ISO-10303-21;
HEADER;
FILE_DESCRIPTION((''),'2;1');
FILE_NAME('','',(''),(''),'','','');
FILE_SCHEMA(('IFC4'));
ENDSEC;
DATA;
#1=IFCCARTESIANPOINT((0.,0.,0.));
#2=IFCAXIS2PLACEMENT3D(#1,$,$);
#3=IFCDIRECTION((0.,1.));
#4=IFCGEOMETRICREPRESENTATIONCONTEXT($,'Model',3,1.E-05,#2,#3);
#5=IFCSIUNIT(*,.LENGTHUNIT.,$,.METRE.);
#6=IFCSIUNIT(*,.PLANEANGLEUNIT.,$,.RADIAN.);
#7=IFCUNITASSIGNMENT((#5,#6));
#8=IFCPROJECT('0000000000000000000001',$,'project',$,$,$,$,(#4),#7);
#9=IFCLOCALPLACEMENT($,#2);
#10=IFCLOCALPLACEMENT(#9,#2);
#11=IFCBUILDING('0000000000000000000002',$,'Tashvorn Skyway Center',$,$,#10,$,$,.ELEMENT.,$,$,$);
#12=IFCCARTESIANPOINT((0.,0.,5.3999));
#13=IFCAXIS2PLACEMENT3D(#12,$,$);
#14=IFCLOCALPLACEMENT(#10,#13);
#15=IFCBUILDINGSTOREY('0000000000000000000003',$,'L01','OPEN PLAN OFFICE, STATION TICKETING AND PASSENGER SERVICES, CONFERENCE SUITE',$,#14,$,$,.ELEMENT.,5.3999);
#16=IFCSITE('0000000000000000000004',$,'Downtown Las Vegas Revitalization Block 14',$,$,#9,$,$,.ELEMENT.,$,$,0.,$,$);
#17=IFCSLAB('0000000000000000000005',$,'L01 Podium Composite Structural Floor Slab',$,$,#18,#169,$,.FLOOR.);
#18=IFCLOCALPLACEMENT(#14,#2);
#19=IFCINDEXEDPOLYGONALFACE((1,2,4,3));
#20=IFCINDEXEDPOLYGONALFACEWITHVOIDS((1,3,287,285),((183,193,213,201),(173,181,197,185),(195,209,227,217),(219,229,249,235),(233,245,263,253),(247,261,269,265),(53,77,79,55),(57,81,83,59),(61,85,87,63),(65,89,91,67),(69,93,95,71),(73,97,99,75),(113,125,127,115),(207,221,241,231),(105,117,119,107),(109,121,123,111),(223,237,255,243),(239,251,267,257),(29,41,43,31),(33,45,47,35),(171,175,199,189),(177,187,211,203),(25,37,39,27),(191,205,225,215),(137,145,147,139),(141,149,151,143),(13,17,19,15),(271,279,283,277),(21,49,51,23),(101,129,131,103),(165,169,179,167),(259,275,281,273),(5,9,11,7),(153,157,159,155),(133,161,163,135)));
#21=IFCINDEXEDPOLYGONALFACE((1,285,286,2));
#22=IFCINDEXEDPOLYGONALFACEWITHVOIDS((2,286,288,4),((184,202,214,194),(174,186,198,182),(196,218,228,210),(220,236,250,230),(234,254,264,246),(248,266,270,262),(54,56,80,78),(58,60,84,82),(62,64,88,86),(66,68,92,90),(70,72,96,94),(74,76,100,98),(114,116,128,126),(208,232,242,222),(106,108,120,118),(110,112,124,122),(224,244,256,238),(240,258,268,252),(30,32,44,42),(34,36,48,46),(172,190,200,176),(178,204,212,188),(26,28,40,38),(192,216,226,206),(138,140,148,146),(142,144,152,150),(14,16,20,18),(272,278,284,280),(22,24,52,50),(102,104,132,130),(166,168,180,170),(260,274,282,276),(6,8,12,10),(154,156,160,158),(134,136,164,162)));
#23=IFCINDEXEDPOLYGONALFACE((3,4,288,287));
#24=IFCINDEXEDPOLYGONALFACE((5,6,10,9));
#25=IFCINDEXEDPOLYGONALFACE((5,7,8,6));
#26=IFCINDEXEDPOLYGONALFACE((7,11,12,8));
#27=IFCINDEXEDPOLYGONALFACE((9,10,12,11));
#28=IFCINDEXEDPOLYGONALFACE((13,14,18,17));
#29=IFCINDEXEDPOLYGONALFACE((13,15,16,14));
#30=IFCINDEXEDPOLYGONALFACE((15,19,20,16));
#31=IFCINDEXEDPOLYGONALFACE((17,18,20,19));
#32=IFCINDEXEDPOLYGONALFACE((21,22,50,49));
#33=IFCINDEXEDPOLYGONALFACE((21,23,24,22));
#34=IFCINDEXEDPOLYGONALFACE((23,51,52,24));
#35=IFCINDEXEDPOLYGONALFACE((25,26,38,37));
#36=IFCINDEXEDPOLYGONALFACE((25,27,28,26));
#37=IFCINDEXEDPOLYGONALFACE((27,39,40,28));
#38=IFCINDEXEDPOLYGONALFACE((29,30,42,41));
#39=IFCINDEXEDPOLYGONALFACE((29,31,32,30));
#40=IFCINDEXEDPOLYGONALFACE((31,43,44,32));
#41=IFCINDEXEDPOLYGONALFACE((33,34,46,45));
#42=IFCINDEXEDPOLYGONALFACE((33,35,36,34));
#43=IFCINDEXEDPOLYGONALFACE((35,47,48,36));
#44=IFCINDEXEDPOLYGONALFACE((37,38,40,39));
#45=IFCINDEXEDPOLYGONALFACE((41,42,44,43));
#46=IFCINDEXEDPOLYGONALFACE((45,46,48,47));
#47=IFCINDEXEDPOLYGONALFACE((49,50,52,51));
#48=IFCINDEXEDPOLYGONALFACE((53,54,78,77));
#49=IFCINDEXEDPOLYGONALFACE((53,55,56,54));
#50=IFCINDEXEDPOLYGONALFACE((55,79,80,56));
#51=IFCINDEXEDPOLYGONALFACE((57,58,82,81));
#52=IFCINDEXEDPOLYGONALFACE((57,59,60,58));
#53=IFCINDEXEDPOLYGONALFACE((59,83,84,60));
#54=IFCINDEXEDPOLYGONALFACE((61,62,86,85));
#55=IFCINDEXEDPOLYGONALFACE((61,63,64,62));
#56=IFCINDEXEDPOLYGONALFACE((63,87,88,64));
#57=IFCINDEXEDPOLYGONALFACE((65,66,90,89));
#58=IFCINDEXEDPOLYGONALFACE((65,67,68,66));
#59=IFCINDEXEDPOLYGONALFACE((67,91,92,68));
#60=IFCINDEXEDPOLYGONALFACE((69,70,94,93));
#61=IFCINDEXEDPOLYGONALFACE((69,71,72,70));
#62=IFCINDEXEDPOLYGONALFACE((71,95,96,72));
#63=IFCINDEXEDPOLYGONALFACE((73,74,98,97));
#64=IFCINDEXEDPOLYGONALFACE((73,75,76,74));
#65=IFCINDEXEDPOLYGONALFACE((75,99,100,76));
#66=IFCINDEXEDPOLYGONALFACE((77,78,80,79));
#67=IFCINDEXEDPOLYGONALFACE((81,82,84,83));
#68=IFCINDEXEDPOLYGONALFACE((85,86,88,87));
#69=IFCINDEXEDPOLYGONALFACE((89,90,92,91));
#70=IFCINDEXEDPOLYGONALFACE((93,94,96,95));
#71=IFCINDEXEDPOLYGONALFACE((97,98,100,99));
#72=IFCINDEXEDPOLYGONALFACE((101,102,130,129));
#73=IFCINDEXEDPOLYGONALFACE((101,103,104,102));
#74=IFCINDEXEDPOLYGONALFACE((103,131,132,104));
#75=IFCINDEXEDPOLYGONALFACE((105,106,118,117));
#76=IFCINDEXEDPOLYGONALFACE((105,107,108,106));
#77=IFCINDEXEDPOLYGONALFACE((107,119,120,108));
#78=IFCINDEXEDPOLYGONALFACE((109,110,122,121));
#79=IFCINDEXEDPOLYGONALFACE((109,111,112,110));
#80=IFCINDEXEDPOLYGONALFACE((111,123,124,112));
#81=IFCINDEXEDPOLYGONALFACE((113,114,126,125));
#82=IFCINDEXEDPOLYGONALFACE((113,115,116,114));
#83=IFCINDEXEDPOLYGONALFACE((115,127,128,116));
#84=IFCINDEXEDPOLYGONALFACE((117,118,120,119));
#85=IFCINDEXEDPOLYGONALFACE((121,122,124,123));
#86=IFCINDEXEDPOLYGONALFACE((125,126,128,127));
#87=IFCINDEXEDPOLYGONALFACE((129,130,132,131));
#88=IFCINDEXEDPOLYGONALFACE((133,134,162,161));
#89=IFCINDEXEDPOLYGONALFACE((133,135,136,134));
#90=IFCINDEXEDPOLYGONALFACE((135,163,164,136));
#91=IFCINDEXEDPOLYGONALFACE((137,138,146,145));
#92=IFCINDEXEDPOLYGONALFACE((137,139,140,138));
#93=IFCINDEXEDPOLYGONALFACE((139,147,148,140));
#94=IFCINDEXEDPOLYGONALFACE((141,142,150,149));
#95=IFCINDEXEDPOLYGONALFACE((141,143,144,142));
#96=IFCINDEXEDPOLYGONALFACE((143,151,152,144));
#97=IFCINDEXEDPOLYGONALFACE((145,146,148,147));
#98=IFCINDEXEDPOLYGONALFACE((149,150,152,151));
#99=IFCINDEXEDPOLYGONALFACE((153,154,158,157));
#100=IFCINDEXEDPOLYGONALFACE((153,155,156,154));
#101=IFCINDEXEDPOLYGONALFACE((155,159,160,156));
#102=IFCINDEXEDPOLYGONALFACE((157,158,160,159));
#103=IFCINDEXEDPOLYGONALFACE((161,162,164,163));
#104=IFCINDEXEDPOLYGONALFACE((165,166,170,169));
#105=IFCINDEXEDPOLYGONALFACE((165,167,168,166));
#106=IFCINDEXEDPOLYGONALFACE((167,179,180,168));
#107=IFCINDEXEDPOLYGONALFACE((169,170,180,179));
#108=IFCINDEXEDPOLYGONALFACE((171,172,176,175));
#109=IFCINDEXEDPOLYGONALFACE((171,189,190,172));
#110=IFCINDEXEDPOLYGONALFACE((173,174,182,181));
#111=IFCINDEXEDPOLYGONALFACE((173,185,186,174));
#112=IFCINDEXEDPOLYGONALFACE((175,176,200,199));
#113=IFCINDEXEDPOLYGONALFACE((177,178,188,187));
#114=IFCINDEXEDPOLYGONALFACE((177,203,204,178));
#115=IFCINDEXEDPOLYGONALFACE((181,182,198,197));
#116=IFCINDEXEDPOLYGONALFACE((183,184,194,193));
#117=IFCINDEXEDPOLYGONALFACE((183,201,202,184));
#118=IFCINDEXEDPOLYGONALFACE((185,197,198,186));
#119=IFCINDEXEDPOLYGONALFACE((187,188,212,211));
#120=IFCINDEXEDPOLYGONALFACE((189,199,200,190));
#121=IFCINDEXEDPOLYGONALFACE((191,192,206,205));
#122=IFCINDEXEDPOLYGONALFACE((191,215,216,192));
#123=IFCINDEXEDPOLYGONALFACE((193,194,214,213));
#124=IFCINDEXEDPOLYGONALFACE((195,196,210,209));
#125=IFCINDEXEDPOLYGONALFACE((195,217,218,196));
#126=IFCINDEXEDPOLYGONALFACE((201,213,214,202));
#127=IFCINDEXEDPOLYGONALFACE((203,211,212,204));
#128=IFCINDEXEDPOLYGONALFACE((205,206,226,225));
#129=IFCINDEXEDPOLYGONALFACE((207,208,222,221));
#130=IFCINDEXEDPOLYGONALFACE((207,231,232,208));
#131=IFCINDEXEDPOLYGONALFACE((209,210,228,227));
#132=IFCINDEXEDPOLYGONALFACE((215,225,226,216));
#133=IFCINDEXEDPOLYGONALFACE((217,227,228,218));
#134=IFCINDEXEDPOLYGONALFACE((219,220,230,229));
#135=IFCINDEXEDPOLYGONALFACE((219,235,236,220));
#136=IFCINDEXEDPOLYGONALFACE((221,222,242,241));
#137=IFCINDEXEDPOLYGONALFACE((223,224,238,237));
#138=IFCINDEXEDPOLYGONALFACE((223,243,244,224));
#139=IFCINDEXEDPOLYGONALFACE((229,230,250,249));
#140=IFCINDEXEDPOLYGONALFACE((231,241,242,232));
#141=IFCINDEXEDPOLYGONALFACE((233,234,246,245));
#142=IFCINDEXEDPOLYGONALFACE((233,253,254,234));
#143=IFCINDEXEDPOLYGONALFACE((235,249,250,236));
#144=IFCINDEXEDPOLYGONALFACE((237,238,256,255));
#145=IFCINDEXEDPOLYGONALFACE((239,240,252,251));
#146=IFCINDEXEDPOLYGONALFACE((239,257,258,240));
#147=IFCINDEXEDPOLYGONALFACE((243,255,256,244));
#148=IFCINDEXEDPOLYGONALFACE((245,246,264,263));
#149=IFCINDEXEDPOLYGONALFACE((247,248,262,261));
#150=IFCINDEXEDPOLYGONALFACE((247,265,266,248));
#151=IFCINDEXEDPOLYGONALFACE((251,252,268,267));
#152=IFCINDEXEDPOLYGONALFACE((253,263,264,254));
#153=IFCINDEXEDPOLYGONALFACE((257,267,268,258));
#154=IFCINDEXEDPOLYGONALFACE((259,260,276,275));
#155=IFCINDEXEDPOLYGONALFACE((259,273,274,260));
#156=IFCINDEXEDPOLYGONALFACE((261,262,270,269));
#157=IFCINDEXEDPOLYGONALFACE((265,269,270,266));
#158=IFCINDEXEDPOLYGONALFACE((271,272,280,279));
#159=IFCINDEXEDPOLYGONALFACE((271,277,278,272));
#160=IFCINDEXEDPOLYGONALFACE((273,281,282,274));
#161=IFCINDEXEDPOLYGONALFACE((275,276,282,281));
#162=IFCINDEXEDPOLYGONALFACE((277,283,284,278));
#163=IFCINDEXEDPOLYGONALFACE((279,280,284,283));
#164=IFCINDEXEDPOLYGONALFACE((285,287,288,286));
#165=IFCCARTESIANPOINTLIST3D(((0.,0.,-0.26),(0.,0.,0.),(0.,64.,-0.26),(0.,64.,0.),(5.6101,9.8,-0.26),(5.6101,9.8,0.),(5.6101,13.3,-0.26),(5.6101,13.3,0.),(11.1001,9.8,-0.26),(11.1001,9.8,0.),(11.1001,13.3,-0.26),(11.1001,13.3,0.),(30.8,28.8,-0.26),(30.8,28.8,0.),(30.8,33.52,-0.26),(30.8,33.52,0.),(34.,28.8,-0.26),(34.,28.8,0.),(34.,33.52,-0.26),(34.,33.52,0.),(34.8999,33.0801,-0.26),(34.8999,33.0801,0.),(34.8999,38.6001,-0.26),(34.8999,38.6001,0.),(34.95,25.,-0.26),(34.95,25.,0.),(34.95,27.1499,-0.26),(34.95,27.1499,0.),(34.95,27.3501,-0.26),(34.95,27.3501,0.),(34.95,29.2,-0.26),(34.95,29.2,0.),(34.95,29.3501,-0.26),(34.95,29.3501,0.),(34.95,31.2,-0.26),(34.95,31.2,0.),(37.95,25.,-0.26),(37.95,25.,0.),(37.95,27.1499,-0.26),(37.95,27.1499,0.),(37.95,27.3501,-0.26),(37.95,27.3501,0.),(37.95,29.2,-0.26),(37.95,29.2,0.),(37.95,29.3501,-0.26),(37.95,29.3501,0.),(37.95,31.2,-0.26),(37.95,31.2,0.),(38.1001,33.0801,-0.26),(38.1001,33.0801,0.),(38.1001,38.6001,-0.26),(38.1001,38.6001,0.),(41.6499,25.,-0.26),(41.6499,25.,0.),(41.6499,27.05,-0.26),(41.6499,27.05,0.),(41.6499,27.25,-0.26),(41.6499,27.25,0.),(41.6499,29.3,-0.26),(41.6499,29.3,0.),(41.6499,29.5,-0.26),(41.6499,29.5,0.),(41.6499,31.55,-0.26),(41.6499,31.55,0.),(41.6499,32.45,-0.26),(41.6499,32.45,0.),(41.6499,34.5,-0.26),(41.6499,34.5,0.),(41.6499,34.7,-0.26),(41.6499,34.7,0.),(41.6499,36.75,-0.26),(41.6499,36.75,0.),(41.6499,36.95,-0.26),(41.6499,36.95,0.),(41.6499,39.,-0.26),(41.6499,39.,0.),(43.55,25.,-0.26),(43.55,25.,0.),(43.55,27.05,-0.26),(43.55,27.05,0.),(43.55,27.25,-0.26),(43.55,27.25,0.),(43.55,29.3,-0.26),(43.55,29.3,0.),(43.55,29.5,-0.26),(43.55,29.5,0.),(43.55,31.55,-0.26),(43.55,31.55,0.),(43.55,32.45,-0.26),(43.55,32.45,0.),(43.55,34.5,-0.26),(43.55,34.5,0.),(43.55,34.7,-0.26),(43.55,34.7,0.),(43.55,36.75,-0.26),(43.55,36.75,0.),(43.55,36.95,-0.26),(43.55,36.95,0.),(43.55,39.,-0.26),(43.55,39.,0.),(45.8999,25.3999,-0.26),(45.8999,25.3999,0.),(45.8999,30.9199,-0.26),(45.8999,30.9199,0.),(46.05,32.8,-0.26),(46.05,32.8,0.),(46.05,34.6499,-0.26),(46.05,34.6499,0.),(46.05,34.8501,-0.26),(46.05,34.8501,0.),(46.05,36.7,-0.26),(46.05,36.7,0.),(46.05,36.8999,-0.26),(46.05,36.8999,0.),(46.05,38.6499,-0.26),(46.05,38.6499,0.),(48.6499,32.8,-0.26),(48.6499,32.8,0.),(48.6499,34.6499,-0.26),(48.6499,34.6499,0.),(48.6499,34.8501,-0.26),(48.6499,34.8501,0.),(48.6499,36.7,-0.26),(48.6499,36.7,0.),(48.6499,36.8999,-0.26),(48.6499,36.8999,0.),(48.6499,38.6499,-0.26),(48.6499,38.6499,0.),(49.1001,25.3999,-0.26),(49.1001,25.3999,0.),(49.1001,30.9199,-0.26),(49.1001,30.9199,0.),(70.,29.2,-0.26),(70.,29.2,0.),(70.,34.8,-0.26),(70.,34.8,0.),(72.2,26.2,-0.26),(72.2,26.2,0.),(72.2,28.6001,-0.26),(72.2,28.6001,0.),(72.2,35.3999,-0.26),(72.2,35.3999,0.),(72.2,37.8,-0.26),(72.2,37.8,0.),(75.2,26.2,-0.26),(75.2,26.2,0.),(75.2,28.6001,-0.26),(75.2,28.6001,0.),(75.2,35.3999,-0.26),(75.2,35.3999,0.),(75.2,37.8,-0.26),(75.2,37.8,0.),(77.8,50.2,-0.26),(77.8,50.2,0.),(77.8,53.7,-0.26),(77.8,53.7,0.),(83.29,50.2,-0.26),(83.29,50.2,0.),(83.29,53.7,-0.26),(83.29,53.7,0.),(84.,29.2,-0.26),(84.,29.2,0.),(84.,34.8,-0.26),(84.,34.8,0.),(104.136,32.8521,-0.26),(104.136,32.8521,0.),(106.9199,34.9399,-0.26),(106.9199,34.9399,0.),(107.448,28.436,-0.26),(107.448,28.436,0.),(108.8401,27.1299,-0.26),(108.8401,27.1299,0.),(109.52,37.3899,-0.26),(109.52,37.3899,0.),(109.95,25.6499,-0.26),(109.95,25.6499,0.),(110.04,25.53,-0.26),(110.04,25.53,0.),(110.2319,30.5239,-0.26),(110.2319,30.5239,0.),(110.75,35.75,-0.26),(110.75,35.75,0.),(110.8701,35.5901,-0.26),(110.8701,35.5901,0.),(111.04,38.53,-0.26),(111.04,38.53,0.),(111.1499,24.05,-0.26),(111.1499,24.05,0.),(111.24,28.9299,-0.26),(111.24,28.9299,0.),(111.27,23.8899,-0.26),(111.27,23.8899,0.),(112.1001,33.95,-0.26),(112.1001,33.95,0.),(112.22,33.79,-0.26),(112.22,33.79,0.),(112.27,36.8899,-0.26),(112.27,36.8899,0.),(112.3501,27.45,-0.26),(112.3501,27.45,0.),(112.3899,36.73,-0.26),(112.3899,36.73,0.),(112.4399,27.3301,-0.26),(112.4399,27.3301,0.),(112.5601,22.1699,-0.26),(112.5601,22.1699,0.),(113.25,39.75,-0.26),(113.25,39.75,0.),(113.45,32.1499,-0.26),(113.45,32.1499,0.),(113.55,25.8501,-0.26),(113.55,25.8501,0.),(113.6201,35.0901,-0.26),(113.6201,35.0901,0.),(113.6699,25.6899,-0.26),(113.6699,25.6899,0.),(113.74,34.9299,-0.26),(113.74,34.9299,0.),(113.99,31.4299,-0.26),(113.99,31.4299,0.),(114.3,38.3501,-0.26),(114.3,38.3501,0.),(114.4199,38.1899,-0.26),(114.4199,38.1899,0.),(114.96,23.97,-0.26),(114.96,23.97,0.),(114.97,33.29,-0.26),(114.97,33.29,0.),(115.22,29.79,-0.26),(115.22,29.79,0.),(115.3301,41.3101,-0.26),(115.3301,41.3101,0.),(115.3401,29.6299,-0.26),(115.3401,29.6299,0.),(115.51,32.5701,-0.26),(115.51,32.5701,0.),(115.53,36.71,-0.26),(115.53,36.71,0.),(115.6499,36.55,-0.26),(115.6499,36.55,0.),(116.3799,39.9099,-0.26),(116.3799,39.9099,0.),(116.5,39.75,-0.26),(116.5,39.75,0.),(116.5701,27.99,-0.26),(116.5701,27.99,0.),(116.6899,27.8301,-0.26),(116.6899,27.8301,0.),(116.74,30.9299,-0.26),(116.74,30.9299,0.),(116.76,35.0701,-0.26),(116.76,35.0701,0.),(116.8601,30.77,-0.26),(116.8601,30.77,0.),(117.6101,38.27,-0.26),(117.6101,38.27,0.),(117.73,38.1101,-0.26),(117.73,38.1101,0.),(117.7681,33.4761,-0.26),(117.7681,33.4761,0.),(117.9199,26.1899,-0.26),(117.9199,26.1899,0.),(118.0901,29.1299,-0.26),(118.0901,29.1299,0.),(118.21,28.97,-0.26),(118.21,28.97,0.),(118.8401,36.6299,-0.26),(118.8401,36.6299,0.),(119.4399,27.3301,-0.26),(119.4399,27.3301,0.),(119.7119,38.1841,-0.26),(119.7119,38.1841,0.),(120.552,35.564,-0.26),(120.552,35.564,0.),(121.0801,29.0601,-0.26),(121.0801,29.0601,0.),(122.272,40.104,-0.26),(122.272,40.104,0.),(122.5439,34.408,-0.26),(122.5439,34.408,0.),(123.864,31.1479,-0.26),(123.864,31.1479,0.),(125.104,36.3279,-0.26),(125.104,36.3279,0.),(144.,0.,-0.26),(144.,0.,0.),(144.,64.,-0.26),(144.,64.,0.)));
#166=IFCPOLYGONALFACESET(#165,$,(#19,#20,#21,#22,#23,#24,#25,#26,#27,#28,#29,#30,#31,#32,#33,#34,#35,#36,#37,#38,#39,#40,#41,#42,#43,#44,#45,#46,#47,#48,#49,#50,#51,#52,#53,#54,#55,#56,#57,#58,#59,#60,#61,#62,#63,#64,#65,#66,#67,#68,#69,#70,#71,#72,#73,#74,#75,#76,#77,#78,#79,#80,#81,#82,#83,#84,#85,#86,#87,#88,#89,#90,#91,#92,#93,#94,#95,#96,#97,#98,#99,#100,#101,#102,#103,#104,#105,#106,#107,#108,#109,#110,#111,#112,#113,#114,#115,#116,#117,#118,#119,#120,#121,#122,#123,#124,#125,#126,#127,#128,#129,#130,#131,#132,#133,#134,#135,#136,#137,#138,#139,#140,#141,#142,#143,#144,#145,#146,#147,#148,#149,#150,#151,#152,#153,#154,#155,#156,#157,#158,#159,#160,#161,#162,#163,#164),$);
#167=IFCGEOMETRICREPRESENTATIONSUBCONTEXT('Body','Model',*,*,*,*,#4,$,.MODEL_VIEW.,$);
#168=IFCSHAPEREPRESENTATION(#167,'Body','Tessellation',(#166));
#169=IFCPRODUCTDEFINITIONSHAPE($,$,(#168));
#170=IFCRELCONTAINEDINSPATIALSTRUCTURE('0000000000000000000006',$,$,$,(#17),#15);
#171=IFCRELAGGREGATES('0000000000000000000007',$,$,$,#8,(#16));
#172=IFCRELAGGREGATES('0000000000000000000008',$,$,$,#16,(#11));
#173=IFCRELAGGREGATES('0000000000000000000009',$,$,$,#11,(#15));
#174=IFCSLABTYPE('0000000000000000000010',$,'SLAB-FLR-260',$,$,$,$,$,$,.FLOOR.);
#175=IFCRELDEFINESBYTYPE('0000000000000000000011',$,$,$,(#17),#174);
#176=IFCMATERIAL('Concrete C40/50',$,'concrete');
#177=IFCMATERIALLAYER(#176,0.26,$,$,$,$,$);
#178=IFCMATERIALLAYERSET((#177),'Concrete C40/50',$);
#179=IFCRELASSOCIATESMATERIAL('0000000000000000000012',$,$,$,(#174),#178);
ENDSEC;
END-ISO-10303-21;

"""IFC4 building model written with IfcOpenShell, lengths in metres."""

from ifc_helpers import new_model, si_unit, direction, frame, origin, place, context, subcontext, project, spatial, polyline, outline, extrude, material, layer, layer_set, type_object, element, save


model = new_model("IFC4")

# Units and contexts
model_context = context("Model", 3, precision=1e-05, world=origin(), true_north=direction((0.0, 1.0)))
body_context = subcontext(model_context, "Body", "Model", "MODEL_VIEW")
ifc_project = project(units=[si_unit("LENGTHUNIT", "METRE"), si_unit("PLANEANGLEUNIT", "RADIAN")], contexts=[model_context])

# Site, building, storey
site_placement = place(None, origin())
site = spatial("IfcSite", under=ifc_project, at=site_placement, Name="Downtown Las Vegas Revitalization Block 14", CompositionType="ELEMENT", RefElevation=0.0)
building_placement = place(site_placement, origin())
building = spatial("IfcBuilding", under=site, at=building_placement, Name="Tashvorn Skyway Center", CompositionType="ELEMENT")
storey_placement = place(building_placement, frame((0.0, 0.0, 5.3999)))
storey = spatial("IfcBuildingStorey", under=building, at=storey_placement, Name="L01", Description="OPEN PLAN OFFICE, STATION TICKETING AND PASSENGER SERVICES, CONFERENCE SUITE", CompositionType="ELEMENT", Elevation=5.3999)

# Slab
ifc_material_1 = material(Name="Concrete C40/50", Category="concrete")
ifc_layer_1 = layer(ifc_material_1, 0.26)
ifc_layer_set_1 = layer_set([ifc_layer_1], Name="Concrete C40/50")
slab_type_1 = type_object("IfcSlabType", Name="SLAB-FLR-260", PredefinedType="FLOOR", material=ifc_layer_set_1)
slab_1_placement = place(storey_placement, frame((0.0, 0.0, -0.26)))
element("IfcSlab", 1, at=slab_1_placement, inside=storey, type_object=slab_type_1, Name="L01 Podium Composite Structural Floor Slab", PredefinedType="FLOOR", context=body_context, shape_type="SweptSolid", body=[
    extrude(outline(polyline([(0.0, 0.0), (144.0, 0.0), (144.0, 64.0), (0.0, 64.0), (0.0, 0.0)]), holes=[polyline([(38.1001, 33.0801), (38.1001, 38.6001), (34.8999, 38.6001), (34.8999, 33.0801), (38.1001, 33.0801)]), polyline([(45.8999, 30.9199), (45.8999, 25.3999), (49.1001, 25.3999), (49.1001, 30.9199), (45.8999, 30.9199)]), polyline([(110.2319, 30.5239), (106.9199, 34.9399), (104.136, 32.8521), (107.448, 28.436), (110.2319, 30.5239)]), polyline([(117.7681, 33.4761), (121.0801, 29.0601), (123.864, 31.1479), (120.552, 35.564), (117.7681, 33.4761)]), polyline([(30.8, 33.52), (30.8, 28.8), (34.0, 28.8), (34.0, 33.52), (30.8, 33.52)]), polyline([(119.7119, 38.1841), (122.5439, 34.408), (125.104, 36.3279), (122.272, 40.104), (119.7119, 38.1841)]), polyline([(5.6101, 9.8), (11.1001, 9.8), (11.1001, 13.3), (5.6101, 13.3), (5.6101, 9.8)]), polyline([(83.29, 53.7), (77.8, 53.7), (77.8, 50.2), (83.29, 50.2), (83.29, 53.7)]), polyline([(34.95, 29.3501), (37.95, 29.3501), (37.95, 31.2), (34.95, 31.2), (34.95, 29.3501)]), polyline([(34.95, 27.3501), (37.95, 27.3501), (37.95, 29.2), (34.95, 29.2), (34.95, 27.3501)]), polyline([(34.95, 25.0), (37.95, 25.0), (37.95, 27.1499), (34.95, 27.1499), (34.95, 25.0)]), polyline([(41.6499, 25.0), (43.55, 25.0), (43.55, 27.05), (41.6499, 27.05), (41.6499, 25.0)]), polyline([(41.6499, 27.25), (43.55, 27.25), (43.55, 29.3), (41.6499, 29.3), (41.6499, 27.25)]), polyline([(41.6499, 29.5), (43.55, 29.5), (43.55, 31.55), (41.6499, 31.55), (41.6499, 29.5)]), polyline([(41.6499, 32.45), (43.55, 32.45), (43.55, 34.5), (41.6499, 34.5), (41.6499, 32.45)]), polyline([(41.6499, 34.7), (43.55, 34.7), (43.55, 36.75), (41.6499, 36.75), (41.6499, 34.7)]), polyline([(41.6499, 36.95), (43.55, 36.95), (43.55, 39.0), (41.6499, 39.0), (41.6499, 36.95)]), polyline([(46.05, 32.8), (48.6499, 32.8), (48.6499, 34.6499), (46.05, 34.6499), (46.05, 32.8)]), polyline([(46.05, 34.8501), (48.6499, 34.8501), (48.6499, 36.7), (46.05, 36.7), (46.05, 34.8501)]), polyline([(46.05, 36.8999), (48.6499, 36.8999), (48.6499, 38.6499), (46.05, 38.6499), (46.05, 36.8999)]), polyline([(109.95, 25.6499), (112.3501, 27.45), (111.24, 28.9299), (108.8401, 27.1299), (109.95, 25.6499)]), polyline([(111.1499, 24.05), (113.55, 25.8501), (112.4399, 27.3301), (110.04, 25.53), (111.1499, 24.05)]), polyline([(112.5601, 22.1699), (114.96, 23.97), (113.6699, 25.6899), (111.27, 23.8899), (112.5601, 22.1699)]), polyline([(117.9199, 26.1899), (119.4399, 27.3301), (118.21, 28.97), (116.6899, 27.8301), (117.9199, 26.1899)]), polyline([(116.5701, 27.99), (118.0901, 29.1299), (116.8601, 30.77), (115.3401, 29.6299), (116.5701, 27.99)]), polyline([(115.22, 29.79), (116.74, 30.9299), (115.51, 32.5701), (113.99, 31.4299), (115.22, 29.79)]), polyline([(113.45, 32.1499), (114.97, 33.29), (113.74, 34.9299), (112.22, 33.79), (113.45, 32.1499)]), polyline([(112.1001, 33.95), (113.6201, 35.0901), (112.3899, 36.73), (110.8701, 35.5901), (112.1001, 33.95)]), polyline([(110.75, 35.75), (112.27, 36.8899), (111.04, 38.53), (109.52, 37.3899), (110.75, 35.75)]), polyline([(116.76, 35.0701), (118.8401, 36.6299), (117.73, 38.1101), (115.6499, 36.55), (116.76, 35.0701)]), polyline([(115.53, 36.71), (117.6101, 38.27), (116.5, 39.75), (114.4199, 38.1899), (115.53, 36.71)]), polyline([(114.3, 38.3501), (116.3799, 39.9099), (115.3301, 41.3101), (113.25, 39.75), (114.3, 38.3501)]), polyline([(72.2, 26.2), (75.2, 26.2), (75.2, 28.6001), (72.2, 28.6001), (72.2, 26.2)]), polyline([(72.2, 35.3999), (75.2, 35.3999), (75.2, 37.8), (72.2, 37.8), (72.2, 35.3999)]), polyline([(70.0, 29.2), (84.0, 29.2), (84.0, 34.8), (70.0, 34.8), (70.0, 29.2)])]), origin(), (0.0, 0.0, 1.0), 0.26),
])

save(model, "model.ifc")
